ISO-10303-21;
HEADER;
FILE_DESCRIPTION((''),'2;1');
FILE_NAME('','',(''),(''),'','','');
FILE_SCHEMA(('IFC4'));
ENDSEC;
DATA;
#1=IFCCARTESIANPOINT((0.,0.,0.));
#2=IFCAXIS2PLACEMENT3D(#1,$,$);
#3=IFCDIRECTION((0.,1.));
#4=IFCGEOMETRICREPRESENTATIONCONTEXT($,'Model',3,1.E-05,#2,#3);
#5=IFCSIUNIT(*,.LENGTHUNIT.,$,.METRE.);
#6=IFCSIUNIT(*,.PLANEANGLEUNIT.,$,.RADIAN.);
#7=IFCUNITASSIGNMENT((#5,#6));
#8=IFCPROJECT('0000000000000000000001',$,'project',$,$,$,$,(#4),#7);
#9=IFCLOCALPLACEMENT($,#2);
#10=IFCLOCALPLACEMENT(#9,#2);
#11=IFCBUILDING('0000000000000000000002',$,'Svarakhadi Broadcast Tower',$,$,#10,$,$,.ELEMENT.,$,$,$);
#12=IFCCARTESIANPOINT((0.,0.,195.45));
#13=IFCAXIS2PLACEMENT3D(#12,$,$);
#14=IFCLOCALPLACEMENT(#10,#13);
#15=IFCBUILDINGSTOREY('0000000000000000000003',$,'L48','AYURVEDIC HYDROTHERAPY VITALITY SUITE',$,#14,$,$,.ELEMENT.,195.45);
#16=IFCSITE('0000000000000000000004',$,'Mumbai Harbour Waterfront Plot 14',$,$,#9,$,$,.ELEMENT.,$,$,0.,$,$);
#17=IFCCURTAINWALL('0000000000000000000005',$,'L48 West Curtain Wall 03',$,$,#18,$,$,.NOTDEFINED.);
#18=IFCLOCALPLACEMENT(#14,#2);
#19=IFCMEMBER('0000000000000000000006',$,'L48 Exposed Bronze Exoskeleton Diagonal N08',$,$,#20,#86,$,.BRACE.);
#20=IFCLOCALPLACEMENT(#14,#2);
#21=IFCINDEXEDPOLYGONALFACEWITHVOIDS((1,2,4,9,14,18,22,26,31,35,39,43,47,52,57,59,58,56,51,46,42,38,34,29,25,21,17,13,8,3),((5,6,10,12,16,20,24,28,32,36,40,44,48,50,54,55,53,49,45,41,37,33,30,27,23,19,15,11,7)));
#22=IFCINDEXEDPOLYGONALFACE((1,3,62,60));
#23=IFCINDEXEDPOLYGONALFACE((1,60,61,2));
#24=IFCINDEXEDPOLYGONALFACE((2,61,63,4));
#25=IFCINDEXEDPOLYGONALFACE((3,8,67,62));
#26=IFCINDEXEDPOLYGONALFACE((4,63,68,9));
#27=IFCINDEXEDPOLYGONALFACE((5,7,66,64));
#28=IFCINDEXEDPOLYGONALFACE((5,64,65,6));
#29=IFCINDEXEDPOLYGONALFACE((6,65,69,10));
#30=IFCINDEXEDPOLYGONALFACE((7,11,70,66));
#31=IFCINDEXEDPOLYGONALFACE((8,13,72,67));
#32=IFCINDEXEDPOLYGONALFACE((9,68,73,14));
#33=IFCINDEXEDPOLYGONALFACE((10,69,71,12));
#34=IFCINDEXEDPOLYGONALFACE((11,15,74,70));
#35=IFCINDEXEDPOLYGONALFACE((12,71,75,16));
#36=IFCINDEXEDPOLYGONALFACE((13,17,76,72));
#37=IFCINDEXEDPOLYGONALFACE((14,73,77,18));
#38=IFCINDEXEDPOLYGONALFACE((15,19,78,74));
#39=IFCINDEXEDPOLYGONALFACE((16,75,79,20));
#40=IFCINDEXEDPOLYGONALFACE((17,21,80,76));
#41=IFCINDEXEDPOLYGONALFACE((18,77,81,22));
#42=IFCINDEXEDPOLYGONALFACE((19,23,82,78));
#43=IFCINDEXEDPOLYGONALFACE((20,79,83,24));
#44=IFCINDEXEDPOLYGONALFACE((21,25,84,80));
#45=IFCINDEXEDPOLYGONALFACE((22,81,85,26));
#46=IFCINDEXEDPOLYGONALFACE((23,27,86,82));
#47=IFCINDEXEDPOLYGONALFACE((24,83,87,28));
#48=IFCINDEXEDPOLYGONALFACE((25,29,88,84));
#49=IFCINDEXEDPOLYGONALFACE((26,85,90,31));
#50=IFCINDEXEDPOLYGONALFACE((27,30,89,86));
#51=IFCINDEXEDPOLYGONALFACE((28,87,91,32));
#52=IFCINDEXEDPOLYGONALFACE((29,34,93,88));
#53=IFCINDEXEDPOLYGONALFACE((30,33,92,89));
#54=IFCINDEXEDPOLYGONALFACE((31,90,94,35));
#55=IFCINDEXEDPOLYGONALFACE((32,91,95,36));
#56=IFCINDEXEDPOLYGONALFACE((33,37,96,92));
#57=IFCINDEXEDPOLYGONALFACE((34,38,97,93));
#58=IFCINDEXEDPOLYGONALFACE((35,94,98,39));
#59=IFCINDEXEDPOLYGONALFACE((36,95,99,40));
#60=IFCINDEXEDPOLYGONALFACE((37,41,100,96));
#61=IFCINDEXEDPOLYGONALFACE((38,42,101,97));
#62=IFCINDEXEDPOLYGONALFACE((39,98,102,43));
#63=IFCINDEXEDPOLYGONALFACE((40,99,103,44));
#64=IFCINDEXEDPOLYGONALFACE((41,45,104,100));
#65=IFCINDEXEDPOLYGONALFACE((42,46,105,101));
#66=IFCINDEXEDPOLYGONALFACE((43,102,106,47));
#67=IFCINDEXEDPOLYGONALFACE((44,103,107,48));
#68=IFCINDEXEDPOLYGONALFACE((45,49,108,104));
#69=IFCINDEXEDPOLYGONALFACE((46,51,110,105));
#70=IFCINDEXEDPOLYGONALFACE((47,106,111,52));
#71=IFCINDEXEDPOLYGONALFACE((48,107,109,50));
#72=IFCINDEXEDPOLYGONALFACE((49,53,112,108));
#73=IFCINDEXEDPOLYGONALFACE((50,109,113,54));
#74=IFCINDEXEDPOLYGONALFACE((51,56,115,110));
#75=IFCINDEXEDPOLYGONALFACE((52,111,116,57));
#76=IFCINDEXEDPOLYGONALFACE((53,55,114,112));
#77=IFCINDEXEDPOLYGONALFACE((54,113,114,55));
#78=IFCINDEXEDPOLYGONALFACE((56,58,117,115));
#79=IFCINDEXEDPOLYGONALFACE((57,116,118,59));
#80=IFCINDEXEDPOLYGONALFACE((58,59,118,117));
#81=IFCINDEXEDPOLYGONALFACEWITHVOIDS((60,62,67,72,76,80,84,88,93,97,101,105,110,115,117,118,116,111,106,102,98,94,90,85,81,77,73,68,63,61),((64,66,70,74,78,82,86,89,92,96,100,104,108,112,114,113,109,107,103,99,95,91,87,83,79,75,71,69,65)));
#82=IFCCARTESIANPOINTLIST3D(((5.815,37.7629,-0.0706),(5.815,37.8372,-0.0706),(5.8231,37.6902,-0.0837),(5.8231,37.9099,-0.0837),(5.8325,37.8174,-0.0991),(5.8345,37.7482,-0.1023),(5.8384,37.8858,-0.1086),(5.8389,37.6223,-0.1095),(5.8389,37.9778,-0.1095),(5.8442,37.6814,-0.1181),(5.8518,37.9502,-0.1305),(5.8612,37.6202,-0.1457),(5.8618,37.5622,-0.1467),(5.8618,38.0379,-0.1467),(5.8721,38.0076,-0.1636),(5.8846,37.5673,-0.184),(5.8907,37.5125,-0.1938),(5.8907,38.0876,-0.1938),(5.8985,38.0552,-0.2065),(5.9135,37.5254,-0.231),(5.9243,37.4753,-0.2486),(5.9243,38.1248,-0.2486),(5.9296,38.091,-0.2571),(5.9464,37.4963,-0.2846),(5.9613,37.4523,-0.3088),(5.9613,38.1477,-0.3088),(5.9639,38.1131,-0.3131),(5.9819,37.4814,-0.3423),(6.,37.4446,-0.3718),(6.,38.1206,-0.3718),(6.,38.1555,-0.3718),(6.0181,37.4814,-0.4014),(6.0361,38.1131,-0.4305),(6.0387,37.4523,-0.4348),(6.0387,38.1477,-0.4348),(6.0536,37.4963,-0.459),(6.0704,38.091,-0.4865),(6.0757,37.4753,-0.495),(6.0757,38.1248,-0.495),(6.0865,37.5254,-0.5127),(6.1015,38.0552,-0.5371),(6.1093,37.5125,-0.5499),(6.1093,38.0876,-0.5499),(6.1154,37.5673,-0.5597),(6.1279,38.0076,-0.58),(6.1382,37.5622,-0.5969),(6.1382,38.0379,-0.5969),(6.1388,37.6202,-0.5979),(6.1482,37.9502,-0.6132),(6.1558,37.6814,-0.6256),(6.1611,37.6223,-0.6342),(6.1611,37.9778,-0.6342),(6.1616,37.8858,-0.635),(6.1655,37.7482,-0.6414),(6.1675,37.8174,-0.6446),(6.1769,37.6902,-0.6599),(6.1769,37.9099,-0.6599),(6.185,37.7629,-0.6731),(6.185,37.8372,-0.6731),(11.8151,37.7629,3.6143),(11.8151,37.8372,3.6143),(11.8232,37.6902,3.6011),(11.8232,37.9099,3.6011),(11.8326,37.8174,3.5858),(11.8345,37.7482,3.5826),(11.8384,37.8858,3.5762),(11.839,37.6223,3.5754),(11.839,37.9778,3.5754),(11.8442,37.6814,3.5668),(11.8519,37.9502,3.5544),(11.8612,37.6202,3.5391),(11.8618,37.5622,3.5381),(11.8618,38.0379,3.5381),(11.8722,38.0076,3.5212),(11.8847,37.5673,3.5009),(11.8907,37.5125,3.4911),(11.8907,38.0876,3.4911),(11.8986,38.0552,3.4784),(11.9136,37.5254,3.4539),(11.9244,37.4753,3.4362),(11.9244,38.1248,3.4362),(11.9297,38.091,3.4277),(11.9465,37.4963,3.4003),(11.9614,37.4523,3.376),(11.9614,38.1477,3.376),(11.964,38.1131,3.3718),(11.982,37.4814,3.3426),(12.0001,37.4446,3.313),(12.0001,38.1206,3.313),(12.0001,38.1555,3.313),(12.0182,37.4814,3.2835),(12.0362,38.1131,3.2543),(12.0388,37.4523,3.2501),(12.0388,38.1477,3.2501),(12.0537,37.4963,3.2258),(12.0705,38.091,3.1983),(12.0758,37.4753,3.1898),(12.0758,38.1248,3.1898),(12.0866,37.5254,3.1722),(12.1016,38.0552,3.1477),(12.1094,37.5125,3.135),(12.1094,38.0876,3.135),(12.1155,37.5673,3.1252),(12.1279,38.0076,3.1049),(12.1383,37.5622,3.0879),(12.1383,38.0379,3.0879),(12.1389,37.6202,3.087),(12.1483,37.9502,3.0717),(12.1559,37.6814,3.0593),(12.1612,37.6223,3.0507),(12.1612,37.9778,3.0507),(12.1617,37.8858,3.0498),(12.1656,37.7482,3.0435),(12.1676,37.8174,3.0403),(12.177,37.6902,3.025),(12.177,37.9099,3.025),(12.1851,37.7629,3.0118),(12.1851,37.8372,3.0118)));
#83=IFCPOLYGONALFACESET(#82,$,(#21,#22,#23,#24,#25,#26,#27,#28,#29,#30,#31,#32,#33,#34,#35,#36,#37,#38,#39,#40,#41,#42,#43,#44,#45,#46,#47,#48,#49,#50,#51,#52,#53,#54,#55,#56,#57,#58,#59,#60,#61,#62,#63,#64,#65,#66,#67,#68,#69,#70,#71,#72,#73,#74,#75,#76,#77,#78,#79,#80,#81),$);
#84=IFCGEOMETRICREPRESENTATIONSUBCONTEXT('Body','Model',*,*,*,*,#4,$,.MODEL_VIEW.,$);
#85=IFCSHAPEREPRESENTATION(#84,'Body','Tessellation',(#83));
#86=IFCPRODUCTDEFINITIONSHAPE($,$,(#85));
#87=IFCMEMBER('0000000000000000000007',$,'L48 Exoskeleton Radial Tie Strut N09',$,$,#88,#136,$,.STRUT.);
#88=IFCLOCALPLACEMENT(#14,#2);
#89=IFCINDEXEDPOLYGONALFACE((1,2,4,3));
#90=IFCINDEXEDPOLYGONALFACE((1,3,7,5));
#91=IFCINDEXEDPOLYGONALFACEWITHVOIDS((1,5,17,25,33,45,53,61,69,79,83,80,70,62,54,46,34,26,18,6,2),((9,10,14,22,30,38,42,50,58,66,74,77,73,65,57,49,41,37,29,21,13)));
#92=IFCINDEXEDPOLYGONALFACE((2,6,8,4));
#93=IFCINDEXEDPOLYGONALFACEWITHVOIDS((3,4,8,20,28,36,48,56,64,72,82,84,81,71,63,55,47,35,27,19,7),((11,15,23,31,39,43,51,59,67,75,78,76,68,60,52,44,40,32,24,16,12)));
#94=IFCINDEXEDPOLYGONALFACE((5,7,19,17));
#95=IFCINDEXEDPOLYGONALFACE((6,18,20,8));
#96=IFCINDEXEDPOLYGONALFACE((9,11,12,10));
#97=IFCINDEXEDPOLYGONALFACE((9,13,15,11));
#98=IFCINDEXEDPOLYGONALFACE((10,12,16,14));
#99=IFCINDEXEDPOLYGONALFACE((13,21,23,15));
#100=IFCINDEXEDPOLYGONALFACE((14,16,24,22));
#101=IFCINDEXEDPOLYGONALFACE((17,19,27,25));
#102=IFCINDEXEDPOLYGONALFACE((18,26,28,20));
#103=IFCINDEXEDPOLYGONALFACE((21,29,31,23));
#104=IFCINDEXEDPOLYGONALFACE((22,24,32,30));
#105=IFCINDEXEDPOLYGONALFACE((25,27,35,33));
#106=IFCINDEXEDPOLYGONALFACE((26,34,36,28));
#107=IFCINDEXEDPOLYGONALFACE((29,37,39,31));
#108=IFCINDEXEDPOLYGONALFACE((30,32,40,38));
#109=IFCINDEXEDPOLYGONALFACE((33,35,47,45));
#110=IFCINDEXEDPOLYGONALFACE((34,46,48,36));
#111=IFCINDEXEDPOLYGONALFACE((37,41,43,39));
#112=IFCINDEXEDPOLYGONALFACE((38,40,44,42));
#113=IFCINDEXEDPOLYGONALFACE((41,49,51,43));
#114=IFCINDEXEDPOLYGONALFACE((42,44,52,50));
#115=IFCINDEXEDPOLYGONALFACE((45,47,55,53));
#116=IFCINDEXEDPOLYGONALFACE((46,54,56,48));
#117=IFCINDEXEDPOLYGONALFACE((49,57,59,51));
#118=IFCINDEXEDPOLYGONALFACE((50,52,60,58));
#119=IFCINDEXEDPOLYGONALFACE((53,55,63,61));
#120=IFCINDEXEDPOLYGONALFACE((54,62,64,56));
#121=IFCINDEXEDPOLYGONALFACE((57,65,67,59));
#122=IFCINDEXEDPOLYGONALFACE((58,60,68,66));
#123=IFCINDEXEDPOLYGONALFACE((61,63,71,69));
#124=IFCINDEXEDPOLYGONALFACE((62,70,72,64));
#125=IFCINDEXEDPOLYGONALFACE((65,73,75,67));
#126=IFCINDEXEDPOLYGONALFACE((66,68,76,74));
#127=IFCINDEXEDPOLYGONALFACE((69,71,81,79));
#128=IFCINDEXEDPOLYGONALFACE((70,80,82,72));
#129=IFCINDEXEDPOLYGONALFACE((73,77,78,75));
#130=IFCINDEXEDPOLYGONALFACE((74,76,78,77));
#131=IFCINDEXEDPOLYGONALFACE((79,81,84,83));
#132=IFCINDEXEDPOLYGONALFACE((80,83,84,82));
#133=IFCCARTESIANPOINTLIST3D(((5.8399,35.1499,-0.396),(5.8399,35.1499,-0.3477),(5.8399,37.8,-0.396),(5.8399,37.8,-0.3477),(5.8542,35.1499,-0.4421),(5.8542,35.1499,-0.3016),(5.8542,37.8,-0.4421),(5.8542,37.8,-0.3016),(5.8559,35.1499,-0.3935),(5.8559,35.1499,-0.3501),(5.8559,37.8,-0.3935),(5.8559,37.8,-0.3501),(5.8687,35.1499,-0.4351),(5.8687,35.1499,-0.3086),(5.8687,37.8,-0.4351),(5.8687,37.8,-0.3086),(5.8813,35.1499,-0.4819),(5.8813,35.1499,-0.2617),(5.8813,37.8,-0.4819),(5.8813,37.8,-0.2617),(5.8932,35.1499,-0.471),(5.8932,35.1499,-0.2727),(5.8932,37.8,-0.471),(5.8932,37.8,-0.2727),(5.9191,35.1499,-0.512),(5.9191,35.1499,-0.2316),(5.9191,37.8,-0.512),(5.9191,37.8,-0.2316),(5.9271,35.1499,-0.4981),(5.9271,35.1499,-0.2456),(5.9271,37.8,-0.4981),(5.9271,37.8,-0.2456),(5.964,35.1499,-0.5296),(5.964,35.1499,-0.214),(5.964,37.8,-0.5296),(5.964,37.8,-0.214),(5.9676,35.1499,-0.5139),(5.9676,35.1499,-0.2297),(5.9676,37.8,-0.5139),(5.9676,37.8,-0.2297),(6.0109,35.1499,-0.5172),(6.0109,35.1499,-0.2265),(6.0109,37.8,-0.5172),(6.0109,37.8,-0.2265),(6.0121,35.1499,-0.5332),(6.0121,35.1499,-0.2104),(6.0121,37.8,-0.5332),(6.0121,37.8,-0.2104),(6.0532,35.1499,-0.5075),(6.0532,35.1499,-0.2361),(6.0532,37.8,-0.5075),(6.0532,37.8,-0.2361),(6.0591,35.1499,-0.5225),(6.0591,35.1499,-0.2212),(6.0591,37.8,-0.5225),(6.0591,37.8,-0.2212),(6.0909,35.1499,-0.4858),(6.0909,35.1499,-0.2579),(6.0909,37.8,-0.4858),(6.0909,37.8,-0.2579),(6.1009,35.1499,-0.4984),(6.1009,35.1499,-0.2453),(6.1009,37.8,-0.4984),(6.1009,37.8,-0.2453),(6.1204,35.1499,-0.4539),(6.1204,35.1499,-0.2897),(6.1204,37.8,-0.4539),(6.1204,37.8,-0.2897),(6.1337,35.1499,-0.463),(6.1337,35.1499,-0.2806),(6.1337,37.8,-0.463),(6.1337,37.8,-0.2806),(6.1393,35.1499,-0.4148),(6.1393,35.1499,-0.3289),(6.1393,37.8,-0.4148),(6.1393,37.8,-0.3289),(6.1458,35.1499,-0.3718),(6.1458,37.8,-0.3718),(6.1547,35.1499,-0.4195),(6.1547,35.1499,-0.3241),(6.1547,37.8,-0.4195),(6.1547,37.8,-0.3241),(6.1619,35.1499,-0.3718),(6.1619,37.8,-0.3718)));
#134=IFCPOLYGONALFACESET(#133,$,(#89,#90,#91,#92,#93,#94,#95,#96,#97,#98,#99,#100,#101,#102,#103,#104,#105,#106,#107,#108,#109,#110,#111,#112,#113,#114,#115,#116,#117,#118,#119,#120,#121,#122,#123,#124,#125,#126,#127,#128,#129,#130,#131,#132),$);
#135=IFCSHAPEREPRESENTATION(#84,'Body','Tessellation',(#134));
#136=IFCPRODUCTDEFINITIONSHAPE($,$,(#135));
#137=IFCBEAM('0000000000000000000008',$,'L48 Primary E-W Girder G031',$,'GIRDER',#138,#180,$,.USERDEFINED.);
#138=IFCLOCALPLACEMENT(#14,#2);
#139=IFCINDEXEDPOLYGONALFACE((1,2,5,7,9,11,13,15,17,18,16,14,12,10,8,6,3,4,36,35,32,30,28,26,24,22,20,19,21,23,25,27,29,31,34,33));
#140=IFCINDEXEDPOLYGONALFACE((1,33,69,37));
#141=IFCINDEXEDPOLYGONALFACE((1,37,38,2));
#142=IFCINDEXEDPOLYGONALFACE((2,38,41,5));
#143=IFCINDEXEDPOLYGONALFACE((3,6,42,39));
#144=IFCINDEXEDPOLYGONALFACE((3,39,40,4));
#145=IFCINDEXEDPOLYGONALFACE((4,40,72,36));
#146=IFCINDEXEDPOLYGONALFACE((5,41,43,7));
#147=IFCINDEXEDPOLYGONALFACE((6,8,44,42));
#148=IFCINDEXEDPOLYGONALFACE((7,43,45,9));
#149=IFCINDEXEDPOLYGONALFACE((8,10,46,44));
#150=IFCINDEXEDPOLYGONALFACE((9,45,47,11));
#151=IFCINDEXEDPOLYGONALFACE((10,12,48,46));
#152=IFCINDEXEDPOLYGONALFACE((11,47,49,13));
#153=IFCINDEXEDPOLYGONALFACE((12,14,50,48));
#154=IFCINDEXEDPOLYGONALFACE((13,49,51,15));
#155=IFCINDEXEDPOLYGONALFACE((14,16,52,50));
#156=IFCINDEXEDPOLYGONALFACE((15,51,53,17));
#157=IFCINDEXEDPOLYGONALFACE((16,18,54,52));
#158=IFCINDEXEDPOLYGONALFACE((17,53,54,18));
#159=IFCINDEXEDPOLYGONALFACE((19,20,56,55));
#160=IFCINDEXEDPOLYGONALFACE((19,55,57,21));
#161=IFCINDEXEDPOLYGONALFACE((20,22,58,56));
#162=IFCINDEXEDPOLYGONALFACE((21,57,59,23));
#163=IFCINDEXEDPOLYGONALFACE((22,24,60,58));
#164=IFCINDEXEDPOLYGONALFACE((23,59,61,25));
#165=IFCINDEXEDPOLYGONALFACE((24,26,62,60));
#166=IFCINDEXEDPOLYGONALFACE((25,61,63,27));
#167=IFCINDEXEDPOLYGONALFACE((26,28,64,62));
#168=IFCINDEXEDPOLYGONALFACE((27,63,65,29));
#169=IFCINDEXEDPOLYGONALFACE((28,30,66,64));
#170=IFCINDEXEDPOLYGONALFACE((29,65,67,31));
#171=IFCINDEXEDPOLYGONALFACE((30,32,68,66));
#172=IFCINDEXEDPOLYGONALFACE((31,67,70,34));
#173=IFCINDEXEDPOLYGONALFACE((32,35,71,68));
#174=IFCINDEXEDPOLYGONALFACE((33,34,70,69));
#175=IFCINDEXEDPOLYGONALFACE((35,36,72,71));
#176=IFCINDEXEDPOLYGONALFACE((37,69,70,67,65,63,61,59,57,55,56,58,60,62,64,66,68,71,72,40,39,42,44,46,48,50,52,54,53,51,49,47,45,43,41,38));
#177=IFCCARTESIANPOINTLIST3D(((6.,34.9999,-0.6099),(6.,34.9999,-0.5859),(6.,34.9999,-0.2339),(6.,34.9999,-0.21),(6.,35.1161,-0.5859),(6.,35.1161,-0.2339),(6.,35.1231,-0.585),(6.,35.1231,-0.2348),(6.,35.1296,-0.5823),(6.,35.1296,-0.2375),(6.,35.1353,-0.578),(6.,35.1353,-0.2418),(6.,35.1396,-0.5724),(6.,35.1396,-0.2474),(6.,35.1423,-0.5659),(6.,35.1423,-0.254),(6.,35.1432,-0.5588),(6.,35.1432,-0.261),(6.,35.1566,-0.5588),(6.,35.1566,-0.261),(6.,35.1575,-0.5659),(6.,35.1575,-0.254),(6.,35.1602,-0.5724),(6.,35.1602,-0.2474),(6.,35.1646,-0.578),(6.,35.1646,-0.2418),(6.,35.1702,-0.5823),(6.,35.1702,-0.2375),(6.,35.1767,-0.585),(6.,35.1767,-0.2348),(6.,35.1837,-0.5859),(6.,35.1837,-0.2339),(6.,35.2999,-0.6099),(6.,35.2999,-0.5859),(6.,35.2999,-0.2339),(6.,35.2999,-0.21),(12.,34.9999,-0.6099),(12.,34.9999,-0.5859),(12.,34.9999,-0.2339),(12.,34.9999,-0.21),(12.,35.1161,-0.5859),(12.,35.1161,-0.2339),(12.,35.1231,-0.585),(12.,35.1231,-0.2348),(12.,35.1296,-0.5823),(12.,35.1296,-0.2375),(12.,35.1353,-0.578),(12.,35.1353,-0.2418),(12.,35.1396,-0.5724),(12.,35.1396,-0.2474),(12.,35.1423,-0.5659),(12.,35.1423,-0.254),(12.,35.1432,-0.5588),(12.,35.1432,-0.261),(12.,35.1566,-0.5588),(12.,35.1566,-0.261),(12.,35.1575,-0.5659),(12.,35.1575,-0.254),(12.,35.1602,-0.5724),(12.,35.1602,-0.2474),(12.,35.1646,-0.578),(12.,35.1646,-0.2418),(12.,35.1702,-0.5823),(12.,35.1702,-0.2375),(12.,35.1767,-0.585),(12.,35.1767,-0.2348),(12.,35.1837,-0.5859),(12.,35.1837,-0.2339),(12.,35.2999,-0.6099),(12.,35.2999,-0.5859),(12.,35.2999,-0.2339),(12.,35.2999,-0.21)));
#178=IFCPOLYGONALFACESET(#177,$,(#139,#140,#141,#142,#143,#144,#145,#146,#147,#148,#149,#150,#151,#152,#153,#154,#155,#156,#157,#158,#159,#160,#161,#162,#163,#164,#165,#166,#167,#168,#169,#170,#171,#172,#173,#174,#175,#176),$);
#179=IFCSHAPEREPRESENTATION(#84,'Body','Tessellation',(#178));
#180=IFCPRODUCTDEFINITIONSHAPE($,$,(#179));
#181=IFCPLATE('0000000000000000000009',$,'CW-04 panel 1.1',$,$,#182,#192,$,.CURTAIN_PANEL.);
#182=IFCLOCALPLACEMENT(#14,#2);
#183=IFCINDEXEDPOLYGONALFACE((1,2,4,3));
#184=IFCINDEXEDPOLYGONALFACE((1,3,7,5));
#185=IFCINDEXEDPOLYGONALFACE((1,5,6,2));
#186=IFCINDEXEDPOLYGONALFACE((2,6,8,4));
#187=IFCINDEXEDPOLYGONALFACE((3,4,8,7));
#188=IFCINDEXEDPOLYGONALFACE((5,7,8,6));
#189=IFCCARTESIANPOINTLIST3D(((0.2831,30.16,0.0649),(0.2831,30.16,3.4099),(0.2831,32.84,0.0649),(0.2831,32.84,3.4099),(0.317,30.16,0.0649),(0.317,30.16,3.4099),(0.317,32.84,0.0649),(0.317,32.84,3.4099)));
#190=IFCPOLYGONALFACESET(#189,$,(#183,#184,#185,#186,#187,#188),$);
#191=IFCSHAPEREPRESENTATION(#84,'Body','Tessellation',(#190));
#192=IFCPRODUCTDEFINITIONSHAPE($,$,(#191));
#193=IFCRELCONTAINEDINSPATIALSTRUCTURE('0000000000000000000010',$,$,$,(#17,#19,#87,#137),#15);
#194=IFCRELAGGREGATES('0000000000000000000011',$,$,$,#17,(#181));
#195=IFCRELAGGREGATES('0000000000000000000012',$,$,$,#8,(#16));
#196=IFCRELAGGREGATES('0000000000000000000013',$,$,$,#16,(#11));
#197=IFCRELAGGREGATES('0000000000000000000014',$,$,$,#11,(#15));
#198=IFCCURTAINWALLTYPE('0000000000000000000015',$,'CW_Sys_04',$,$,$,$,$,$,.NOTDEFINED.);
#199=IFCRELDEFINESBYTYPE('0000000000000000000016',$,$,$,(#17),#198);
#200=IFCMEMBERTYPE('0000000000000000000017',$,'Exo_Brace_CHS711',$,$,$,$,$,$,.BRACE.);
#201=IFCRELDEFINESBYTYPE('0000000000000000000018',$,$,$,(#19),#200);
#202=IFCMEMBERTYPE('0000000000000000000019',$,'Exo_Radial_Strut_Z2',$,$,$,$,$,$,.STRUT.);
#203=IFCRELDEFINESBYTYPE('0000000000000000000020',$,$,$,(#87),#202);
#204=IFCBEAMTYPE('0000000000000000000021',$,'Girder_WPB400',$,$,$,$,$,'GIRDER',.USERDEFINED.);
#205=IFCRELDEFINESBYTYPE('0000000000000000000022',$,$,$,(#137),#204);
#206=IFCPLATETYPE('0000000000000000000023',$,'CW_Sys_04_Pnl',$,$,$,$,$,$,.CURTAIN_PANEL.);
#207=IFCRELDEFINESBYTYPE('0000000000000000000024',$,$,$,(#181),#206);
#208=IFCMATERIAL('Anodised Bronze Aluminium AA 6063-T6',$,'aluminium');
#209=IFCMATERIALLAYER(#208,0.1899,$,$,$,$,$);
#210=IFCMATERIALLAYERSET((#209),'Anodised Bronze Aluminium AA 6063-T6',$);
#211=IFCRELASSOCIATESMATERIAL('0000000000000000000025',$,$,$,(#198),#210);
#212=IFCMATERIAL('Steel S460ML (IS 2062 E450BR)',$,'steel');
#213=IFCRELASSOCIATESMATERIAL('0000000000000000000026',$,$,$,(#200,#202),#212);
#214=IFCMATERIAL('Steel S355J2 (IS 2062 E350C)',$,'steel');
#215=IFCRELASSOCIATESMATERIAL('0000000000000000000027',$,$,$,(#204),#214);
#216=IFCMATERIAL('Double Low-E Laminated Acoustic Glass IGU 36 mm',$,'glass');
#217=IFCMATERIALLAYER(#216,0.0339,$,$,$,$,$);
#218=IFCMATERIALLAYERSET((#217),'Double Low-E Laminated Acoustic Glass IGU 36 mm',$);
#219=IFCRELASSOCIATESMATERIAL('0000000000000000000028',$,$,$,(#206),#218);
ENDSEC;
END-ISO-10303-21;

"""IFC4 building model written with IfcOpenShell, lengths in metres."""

from ifc_helpers import new_model, si_unit, direction, frame, origin, origin_2d, place, context, subcontext, project, spatial, rectangle, hollow_circle, i_section, extrude, material, layer, layer_set, material_profile, profile_set, type_object, element, aggregate, save


model = new_model("IFC4")

# Units and contexts
model_context = context("Model", 3, precision=1e-05, world=origin(), true_north=direction((0.0, 1.0)))
body_context = subcontext(model_context, "Body", "Model", "MODEL_VIEW")
ifc_project = project(units=[si_unit("LENGTHUNIT", "METRE"), si_unit("PLANEANGLEUNIT", "RADIAN")], contexts=[model_context])

# Site, building, storey
site_placement = place(None, origin())
site = spatial("IfcSite", under=ifc_project, at=site_placement, Name="Mumbai Harbour Waterfront Plot 14", CompositionType="ELEMENT", RefElevation=0.0)
building_placement = place(site_placement, origin())
building = spatial("IfcBuilding", under=site, at=building_placement, Name="Svarakhadi Broadcast Tower", CompositionType="ELEMENT")
storey_placement = place(building_placement, frame((0.0, 0.0, 195.45)))
storey = spatial("IfcBuildingStorey", under=building, at=storey_placement, Name="L48", Description="AYURVEDIC HYDROTHERAPY VITALITY SUITE", CompositionType="ELEMENT", Elevation=195.45)

# Shared definitions
ifc_material_1 = material(Name="Steel S460ML (IS 2062 E450BR)", Category="steel")

# Shared definitions
ifc_material_2 = material(Name="Steel S355J2 (IS 2062 E350C)", Category="steel")

# Curtain wall
ifc_material_3 = material(Name="Anodised Bronze Aluminium AA 6063-T6", Category="aluminium")
ifc_layer_1 = layer(ifc_material_3, 0.1899)
ifc_layer_set_1 = layer_set([ifc_layer_1], Name="Anodised Bronze Aluminium AA 6063-T6")
curtain_wall_type = type_object("IfcCurtainWallType", Name="CW_Sys_04", PredefinedType="NOTDEFINED", material=ifc_layer_set_1)
curtain_wall_1_placement = place(storey_placement, origin())
curtain_wall_1 = element("IfcCurtainWall", 1, at=curtain_wall_1_placement, inside=storey, type_object=curtain_wall_type, Name="L48 West Curtain Wall 03", PredefinedType="NOTDEFINED")

# Members
ifc_material_profile_1 = material_profile(ifc_material_1, hollow_circle(Radius=0.3555, WallThickness=0.0349, at=origin_2d()), Name="CHS 711x35")
ifc_profile_set_1 = profile_set([ifc_material_profile_1], Name="Steel S460ML (IS 2062 E450BR)")
member_type_1 = type_object("IfcMemberType", Name="Exo_Brace_CHS711", PredefinedType="BRACE", material=ifc_profile_set_1)
member_1_placement = place(storey_placement, frame((6.0, 37.8, -0.3718), z_axis=(0.852133, 0.0, 0.523325), x_axis=(0.0, 1.0, 0.0)))
element("IfcMember", 2, at=member_1_placement, inside=storey, type_object=member_type_1, Name="L48 Exposed Bronze Exoskeleton Diagonal N08", PredefinedType="BRACE", context=body_context, shape_type="SweptSolid", body=[
    extrude(hollow_circle(Radius=0.3555, WallThickness=0.0349, at=origin_2d()), origin(), (0.0, 0.0, 1.0), 7.0413),
])
ifc_material_profile_2 = material_profile(ifc_material_1, hollow_circle(Radius=0.1619, WallThickness=0.0161, at=origin_2d()), Name="CHS 323.9x16")
ifc_profile_set_2 = profile_set([ifc_material_profile_2], Name="Steel S460ML (IS 2062 E450BR)")
member_type_2 = type_object("IfcMemberType", Name="Exo_Radial_Strut_Z2", PredefinedType="STRUT", material=ifc_profile_set_2)
member_2_placement = place(storey_placement, frame((6.0, 37.8, -0.3718), z_axis=(0.0, -1.0, 0.0), x_axis=(1.0, 0.0, 0.0)))
element("IfcMember", 3, at=member_2_placement, inside=storey, type_object=member_type_2, Name="L48 Exoskeleton Radial Tie Strut N09", PredefinedType="STRUT", context=body_context, shape_type="SweptSolid", body=[
    extrude(hollow_circle(Radius=0.1619, WallThickness=0.0161, at=origin_2d()), origin(), (0.0, 0.0, 1.0), 2.6501),
])

# Beam
ifc_material_profile_3 = material_profile(ifc_material_2, i_section(OverallWidth=0.3, OverallDepth=0.3999, WebThickness=0.0134, FlangeThickness=0.0239, FilletRadius=0.0271, at=origin_2d()), Name="WPB 400x300x155")
ifc_profile_set_3 = profile_set([ifc_material_profile_3], Name="Steel S355J2 (IS 2062 E350C)")
beam_type_1 = type_object("IfcBeamType", Name="Girder_WPB400", ElementType="GIRDER", PredefinedType="USERDEFINED", material=ifc_profile_set_3)
beam_1_placement = place(storey_placement, frame((6.0, 35.1499, -0.4099), z_axis=(1.0, 0.0, 0.0), x_axis=(0.0, 1.0, 0.0)))
element("IfcBeam", 4, at=beam_1_placement, inside=storey, type_object=beam_type_1, Name="L48 Primary E-W Girder G031", ObjectType="GIRDER", PredefinedType="USERDEFINED", context=body_context, shape_type="SweptSolid", body=[
    extrude(i_section(OverallWidth=0.3, OverallDepth=0.3999, WebThickness=0.0134, FlangeThickness=0.0239, FilletRadius=0.0271, at=origin_2d()), origin(), (0.0, 0.0, 1.0), 6.0),
])

# Plate
ifc_material_4 = material(Name="Double Low-E Laminated Acoustic Glass IGU 36 mm", Category="glass")
ifc_layer_2 = layer(ifc_material_4, 0.0339)
ifc_layer_set_2 = layer_set([ifc_layer_2], Name="Double Low-E Laminated Acoustic Glass IGU 36 mm")
plate_type_1 = type_object("IfcPlateType", Name="CW_Sys_04_Pnl", PredefinedType="CURTAIN_PANEL", material=ifc_layer_set_2)
plate_1_placement = place(storey_placement, frame((0.3, 31.5, 0.0649), z_axis=(0.0, 0.0, 1.0), x_axis=(0.0, 1.0, 0.0)))
plate_1 = element("IfcPlate", 5, at=plate_1_placement, type_object=plate_type_1, Name="CW-04 panel 1.1", PredefinedType="CURTAIN_PANEL", context=body_context, shape_type="SweptSolid", body=[
    extrude(rectangle(XDim=2.6799, YDim=0.0339, at=origin_2d()), origin(), (0.0, 0.0, 1.0), 3.345),
])
aggregate(curtain_wall_1, [plate_1])

save(model, "model.ifc")
